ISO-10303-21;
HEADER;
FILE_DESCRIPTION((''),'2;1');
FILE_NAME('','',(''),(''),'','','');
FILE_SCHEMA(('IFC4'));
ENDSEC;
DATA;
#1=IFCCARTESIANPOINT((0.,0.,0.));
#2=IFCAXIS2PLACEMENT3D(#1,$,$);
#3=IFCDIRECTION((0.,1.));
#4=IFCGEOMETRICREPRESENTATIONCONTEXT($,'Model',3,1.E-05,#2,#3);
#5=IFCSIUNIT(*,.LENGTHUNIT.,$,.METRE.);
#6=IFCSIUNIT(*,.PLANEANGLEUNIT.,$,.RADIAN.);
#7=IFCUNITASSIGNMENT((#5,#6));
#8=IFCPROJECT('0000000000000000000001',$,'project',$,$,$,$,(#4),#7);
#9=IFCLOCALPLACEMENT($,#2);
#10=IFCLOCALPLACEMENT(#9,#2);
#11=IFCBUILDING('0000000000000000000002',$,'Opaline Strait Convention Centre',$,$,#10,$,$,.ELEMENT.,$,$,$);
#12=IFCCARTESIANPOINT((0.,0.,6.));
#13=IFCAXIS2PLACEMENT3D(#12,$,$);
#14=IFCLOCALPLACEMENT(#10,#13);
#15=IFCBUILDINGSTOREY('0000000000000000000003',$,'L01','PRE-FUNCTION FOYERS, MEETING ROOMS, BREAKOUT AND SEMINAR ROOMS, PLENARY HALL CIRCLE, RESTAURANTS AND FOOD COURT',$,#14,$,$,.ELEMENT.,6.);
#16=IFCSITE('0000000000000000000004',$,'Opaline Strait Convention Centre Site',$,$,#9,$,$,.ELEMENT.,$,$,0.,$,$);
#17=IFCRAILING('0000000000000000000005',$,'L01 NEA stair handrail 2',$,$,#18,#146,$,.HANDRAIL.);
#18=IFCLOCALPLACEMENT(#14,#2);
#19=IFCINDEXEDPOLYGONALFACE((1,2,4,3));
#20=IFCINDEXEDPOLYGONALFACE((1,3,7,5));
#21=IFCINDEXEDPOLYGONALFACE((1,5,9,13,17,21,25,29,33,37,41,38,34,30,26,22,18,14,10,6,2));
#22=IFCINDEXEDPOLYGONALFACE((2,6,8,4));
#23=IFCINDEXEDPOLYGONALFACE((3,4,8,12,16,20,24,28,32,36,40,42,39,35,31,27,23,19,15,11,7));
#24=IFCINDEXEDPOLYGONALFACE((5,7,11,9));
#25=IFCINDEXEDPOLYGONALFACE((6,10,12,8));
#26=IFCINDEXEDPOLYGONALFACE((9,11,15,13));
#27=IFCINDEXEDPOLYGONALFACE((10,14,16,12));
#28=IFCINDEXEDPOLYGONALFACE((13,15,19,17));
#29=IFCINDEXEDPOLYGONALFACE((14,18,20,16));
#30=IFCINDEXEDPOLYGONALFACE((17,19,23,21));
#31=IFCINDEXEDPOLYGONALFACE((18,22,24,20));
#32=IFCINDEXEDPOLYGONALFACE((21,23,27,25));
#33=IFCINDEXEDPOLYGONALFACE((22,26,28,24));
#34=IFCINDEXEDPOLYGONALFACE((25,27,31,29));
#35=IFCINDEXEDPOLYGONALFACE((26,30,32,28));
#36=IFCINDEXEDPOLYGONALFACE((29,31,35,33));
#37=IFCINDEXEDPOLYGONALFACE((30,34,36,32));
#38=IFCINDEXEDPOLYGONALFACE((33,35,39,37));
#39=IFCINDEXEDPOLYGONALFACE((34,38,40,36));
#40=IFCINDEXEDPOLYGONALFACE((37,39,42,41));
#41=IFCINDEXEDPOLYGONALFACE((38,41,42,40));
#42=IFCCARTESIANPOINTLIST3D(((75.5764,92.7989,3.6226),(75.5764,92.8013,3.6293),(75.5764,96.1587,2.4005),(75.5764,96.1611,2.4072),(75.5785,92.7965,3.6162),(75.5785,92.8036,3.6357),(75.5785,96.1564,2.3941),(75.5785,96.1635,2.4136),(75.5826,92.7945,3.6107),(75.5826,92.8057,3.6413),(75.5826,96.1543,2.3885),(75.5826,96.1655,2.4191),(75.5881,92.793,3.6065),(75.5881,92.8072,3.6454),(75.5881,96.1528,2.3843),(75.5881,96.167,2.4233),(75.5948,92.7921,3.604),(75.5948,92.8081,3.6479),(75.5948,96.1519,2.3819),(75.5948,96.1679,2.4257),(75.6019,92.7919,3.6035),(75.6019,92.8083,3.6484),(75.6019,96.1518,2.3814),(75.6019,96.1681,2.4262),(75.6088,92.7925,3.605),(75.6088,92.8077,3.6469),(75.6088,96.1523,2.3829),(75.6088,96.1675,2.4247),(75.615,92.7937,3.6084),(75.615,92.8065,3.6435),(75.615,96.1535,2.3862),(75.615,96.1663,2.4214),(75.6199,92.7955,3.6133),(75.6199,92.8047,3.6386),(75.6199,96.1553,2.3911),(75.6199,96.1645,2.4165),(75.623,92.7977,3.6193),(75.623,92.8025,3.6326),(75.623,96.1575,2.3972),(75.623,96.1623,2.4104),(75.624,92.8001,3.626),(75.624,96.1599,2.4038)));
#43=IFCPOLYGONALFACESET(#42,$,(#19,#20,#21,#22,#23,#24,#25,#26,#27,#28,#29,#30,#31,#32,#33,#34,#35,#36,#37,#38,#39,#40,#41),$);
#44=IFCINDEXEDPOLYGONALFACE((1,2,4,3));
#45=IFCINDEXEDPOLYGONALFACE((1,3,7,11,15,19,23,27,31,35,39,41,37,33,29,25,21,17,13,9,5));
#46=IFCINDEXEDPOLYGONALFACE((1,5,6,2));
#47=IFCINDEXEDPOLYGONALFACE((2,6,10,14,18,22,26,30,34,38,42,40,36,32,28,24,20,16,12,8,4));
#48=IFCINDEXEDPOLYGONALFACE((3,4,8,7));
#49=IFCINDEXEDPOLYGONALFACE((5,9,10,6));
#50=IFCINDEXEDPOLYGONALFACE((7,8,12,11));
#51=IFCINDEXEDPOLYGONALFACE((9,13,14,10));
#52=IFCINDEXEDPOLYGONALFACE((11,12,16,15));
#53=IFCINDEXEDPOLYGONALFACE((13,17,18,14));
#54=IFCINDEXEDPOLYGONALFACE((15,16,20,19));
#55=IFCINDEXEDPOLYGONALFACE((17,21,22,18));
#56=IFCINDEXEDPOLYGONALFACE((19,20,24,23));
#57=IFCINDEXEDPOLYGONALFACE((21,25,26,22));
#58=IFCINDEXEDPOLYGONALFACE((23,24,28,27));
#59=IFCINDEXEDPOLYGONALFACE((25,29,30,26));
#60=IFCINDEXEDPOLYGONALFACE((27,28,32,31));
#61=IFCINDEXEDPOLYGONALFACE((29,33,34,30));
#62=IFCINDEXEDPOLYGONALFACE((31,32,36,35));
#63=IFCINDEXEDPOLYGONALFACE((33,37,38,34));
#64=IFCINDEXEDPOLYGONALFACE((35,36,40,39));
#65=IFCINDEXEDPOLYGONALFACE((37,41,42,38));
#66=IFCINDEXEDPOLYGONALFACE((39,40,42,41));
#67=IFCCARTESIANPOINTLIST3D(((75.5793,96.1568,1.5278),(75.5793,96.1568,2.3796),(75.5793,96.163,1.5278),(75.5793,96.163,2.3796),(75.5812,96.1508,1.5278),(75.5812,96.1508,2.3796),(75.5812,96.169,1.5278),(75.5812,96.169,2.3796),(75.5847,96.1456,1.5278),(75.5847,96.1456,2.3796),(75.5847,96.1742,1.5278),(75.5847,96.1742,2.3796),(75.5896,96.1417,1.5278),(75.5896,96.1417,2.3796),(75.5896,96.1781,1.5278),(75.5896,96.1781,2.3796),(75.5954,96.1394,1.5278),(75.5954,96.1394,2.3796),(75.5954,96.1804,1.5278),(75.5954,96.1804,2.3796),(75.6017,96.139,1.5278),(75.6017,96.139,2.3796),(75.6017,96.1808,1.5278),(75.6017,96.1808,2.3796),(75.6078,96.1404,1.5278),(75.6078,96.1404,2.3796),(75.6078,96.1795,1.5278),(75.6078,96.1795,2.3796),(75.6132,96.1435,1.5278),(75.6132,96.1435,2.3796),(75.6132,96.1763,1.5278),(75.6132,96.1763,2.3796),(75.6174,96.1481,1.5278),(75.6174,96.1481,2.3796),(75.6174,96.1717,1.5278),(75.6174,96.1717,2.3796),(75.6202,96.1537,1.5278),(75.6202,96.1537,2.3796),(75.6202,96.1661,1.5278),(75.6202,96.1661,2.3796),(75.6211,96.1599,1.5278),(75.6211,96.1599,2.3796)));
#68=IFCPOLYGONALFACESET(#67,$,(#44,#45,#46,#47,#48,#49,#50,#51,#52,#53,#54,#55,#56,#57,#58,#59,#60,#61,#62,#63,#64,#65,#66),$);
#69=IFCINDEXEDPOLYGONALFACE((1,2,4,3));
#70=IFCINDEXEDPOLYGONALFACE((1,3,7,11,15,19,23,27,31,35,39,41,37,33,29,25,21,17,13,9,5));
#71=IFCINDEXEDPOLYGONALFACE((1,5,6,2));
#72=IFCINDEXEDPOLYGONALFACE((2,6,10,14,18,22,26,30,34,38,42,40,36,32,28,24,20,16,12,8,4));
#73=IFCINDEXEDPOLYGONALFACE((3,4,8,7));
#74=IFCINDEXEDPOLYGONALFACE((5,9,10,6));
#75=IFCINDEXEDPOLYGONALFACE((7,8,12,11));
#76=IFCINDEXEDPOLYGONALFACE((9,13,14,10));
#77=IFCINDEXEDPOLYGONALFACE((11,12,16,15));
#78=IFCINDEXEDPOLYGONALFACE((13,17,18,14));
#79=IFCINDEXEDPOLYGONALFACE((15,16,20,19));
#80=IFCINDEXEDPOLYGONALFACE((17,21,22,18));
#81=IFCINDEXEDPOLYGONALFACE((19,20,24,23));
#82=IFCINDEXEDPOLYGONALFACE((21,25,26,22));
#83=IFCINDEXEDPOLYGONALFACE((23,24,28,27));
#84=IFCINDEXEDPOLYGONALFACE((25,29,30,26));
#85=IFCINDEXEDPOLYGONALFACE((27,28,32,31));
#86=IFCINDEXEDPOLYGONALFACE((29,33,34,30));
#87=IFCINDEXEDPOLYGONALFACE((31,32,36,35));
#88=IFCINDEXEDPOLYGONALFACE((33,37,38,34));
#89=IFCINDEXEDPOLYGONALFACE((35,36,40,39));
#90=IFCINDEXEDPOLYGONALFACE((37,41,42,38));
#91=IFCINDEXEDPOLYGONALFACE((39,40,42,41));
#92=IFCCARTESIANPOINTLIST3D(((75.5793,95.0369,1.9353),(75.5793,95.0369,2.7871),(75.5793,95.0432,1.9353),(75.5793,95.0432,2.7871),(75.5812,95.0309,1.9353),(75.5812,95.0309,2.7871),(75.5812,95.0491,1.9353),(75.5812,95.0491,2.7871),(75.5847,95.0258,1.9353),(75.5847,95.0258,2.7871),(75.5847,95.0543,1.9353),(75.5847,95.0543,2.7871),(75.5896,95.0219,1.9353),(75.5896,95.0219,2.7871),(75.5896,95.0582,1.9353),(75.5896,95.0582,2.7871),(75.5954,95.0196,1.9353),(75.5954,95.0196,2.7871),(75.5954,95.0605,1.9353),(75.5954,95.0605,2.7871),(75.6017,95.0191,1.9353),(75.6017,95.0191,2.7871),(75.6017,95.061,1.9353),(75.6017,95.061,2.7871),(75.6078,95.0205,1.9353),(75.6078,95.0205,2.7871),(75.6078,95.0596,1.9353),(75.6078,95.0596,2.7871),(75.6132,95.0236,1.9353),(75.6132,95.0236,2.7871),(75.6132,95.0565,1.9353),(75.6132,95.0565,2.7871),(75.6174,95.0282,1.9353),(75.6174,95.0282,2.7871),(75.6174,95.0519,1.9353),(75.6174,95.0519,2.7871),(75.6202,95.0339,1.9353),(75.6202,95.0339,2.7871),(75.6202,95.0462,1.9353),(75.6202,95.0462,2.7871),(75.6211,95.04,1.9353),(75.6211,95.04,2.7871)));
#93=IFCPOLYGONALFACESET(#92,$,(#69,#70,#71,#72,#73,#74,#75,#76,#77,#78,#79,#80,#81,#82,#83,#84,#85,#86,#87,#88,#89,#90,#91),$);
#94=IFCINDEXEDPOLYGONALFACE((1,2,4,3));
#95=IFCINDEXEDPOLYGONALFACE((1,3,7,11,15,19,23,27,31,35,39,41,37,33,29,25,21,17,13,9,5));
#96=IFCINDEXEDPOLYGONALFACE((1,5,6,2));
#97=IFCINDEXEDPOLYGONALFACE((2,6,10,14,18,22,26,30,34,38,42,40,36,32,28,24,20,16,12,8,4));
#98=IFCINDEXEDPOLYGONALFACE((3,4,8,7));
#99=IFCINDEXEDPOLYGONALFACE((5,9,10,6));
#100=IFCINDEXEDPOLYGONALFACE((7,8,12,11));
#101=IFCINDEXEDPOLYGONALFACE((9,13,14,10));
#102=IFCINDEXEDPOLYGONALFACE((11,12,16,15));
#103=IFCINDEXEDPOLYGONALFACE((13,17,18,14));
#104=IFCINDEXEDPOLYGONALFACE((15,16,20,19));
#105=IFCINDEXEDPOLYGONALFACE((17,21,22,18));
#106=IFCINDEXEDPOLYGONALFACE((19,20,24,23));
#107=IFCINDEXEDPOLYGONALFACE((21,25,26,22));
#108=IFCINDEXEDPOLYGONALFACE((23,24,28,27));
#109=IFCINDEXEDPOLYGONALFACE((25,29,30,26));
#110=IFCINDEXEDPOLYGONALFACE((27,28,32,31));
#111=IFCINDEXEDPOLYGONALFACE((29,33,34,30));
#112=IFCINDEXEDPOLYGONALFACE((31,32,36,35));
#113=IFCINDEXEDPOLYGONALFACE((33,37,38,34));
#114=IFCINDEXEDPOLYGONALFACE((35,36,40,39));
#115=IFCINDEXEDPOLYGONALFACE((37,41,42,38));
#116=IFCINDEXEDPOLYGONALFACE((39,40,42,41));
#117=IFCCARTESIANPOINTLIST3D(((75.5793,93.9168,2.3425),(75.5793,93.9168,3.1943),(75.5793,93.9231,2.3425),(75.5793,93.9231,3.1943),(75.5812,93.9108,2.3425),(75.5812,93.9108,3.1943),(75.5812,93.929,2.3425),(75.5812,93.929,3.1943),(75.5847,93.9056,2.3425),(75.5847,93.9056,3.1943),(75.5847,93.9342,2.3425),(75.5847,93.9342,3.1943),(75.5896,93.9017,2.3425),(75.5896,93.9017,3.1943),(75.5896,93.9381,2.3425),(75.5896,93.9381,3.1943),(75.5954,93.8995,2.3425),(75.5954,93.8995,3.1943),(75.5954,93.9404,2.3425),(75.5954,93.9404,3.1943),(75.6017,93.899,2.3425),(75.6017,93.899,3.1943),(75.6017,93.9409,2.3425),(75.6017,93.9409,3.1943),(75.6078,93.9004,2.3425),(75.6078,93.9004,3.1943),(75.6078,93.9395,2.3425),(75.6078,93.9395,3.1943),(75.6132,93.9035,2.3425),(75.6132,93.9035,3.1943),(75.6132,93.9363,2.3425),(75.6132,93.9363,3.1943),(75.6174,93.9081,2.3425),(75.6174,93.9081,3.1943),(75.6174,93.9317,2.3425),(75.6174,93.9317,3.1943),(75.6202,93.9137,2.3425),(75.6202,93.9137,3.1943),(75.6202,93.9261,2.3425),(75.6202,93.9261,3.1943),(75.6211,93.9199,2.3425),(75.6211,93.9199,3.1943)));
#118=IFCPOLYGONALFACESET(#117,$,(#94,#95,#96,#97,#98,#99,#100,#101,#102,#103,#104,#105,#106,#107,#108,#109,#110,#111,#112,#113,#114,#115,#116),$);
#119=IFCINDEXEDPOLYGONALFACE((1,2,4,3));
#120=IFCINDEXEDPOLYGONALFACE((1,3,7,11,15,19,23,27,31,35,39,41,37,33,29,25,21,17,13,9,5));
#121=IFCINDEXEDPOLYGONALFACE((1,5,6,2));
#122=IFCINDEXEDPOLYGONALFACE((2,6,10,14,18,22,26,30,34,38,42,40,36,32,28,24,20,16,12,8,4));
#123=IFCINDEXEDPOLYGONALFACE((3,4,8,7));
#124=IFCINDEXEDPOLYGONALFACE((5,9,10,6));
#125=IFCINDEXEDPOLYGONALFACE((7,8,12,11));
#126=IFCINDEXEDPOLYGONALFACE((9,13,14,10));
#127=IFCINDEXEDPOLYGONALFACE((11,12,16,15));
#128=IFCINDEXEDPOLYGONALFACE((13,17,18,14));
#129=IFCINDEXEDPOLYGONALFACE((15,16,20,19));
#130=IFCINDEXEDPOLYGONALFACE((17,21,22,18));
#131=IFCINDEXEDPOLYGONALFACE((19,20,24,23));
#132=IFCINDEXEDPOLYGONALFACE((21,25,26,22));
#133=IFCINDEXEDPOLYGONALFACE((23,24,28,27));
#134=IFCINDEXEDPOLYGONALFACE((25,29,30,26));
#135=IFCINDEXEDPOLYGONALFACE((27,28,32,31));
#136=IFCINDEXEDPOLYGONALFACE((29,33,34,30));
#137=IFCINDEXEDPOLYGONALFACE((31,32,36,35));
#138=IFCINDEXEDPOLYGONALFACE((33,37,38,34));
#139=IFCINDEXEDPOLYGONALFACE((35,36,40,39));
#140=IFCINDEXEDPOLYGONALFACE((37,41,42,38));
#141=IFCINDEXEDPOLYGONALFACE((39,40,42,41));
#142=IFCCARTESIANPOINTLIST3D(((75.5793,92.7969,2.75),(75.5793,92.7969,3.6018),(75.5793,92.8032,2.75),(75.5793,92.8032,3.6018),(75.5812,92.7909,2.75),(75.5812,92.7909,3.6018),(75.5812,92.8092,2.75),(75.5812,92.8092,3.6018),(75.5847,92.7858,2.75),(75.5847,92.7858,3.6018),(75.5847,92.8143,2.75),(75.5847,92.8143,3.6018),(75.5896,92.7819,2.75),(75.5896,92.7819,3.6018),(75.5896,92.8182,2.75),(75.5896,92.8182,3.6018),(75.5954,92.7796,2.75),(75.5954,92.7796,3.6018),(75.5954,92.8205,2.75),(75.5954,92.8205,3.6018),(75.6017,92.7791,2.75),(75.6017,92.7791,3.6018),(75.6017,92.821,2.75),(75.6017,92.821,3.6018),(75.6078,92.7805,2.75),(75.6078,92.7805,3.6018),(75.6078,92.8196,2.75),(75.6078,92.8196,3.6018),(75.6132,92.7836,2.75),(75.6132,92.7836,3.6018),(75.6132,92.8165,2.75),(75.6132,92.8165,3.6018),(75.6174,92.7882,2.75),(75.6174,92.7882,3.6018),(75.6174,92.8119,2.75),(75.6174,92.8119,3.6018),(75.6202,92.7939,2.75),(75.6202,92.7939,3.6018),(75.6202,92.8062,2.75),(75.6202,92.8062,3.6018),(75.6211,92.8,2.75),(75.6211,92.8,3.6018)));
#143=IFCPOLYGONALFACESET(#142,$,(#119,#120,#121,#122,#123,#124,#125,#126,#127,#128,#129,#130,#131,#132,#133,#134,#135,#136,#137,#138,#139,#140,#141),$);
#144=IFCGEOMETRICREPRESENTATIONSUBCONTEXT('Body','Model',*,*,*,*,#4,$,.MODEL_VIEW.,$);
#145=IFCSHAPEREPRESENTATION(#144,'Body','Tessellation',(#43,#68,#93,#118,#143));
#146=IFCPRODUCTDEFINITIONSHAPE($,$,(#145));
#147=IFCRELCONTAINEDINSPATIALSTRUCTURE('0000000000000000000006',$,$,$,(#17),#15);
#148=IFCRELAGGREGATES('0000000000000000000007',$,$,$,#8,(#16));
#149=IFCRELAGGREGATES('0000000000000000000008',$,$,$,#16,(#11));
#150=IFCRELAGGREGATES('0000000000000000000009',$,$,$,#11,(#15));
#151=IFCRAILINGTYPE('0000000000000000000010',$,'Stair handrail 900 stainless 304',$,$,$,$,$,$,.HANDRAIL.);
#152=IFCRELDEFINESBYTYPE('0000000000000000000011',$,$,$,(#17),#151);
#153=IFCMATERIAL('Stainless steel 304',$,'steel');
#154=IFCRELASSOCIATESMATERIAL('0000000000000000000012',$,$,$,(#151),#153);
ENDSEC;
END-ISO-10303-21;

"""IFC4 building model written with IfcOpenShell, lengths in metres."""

from ifc_helpers import new_model, si_unit, direction, frame, origin, origin_2d, place, context, subcontext, project, spatial, circle, extrude, material, type_object, element, save


model = new_model("IFC4")

# Units and contexts
model_context = context("Model", 3, precision=1e-05, world=origin(), true_north=direction((0.0, 1.0)))
body_context = subcontext(model_context, "Body", "Model", "MODEL_VIEW")
ifc_project = project(units=[si_unit("LENGTHUNIT", "METRE"), si_unit("PLANEANGLEUNIT", "RADIAN")], contexts=[model_context])

# Site, building, storey
site_placement = place(None, origin())
site = spatial("IfcSite", under=ifc_project, at=site_placement, Name="Opaline Strait Convention Centre Site", CompositionType="ELEMENT", RefElevation=0.0)
building_placement = place(site_placement, origin())
building = spatial("IfcBuilding", under=site, at=building_placement, Name="Opaline Strait Convention Centre", CompositionType="ELEMENT")
storey_placement = place(building_placement, frame((0.0, 0.0, 6.0)))
storey = spatial("IfcBuildingStorey", under=building, at=storey_placement, Name="L01", Description="PRE-FUNCTION FOYERS, MEETING ROOMS, BREAKOUT AND SEMINAR ROOMS, PLENARY HALL CIRCLE, RESTAURANTS AND FOOD COURT", CompositionType="ELEMENT", Elevation=6.0)

# Railing
ifc_material_1 = material(Name="Stainless steel 304", Category="steel")
railing_type_1 = type_object("IfcRailingType", Name="Stair handrail 900 stainless 304", PredefinedType="HANDRAIL", material=ifc_material_1)
for number, where, name in (
    (1, (75.6001, 96.1599, 1.5278), "L01 NEA stair handrail 2"),
):
    element("IfcRailing", number, at=place(storey_placement, frame(where)), inside=storey, type_object=railing_type_1, Name=name, PredefinedType="HANDRAIL", context=body_context, shape_type="SweptSolid", body=[
        extrude(circle(Radius=0.0239, at=origin_2d()), frame((0.0, 0.0, 0.876), z_axis=(0.0, -0.939758, 0.341842), x_axis=(1.0, 0.0, 0.0)), (0.0, 0.0, 1.0), 3.5752),
        extrude(circle(Radius=0.021, at=origin_2d()), origin(), (0.0, 0.0, 1.0), 0.8518),
        extrude(circle(Radius=0.021, at=origin_2d()), frame((0.0, -1.1199, 0.4075)), (0.0, 0.0, 1.0), 0.8518),
        extrude(circle(Radius=0.021, at=origin_2d()), frame((0.0, -2.24, 0.8147)), (0.0, 0.0, 1.0), 0.8518),
        extrude(circle(Radius=0.021, at=origin_2d()), frame((0.0, -3.3599, 1.2222)), (0.0, 0.0, 1.0), 0.8518),
    ])

save(model, "model.ifc")
